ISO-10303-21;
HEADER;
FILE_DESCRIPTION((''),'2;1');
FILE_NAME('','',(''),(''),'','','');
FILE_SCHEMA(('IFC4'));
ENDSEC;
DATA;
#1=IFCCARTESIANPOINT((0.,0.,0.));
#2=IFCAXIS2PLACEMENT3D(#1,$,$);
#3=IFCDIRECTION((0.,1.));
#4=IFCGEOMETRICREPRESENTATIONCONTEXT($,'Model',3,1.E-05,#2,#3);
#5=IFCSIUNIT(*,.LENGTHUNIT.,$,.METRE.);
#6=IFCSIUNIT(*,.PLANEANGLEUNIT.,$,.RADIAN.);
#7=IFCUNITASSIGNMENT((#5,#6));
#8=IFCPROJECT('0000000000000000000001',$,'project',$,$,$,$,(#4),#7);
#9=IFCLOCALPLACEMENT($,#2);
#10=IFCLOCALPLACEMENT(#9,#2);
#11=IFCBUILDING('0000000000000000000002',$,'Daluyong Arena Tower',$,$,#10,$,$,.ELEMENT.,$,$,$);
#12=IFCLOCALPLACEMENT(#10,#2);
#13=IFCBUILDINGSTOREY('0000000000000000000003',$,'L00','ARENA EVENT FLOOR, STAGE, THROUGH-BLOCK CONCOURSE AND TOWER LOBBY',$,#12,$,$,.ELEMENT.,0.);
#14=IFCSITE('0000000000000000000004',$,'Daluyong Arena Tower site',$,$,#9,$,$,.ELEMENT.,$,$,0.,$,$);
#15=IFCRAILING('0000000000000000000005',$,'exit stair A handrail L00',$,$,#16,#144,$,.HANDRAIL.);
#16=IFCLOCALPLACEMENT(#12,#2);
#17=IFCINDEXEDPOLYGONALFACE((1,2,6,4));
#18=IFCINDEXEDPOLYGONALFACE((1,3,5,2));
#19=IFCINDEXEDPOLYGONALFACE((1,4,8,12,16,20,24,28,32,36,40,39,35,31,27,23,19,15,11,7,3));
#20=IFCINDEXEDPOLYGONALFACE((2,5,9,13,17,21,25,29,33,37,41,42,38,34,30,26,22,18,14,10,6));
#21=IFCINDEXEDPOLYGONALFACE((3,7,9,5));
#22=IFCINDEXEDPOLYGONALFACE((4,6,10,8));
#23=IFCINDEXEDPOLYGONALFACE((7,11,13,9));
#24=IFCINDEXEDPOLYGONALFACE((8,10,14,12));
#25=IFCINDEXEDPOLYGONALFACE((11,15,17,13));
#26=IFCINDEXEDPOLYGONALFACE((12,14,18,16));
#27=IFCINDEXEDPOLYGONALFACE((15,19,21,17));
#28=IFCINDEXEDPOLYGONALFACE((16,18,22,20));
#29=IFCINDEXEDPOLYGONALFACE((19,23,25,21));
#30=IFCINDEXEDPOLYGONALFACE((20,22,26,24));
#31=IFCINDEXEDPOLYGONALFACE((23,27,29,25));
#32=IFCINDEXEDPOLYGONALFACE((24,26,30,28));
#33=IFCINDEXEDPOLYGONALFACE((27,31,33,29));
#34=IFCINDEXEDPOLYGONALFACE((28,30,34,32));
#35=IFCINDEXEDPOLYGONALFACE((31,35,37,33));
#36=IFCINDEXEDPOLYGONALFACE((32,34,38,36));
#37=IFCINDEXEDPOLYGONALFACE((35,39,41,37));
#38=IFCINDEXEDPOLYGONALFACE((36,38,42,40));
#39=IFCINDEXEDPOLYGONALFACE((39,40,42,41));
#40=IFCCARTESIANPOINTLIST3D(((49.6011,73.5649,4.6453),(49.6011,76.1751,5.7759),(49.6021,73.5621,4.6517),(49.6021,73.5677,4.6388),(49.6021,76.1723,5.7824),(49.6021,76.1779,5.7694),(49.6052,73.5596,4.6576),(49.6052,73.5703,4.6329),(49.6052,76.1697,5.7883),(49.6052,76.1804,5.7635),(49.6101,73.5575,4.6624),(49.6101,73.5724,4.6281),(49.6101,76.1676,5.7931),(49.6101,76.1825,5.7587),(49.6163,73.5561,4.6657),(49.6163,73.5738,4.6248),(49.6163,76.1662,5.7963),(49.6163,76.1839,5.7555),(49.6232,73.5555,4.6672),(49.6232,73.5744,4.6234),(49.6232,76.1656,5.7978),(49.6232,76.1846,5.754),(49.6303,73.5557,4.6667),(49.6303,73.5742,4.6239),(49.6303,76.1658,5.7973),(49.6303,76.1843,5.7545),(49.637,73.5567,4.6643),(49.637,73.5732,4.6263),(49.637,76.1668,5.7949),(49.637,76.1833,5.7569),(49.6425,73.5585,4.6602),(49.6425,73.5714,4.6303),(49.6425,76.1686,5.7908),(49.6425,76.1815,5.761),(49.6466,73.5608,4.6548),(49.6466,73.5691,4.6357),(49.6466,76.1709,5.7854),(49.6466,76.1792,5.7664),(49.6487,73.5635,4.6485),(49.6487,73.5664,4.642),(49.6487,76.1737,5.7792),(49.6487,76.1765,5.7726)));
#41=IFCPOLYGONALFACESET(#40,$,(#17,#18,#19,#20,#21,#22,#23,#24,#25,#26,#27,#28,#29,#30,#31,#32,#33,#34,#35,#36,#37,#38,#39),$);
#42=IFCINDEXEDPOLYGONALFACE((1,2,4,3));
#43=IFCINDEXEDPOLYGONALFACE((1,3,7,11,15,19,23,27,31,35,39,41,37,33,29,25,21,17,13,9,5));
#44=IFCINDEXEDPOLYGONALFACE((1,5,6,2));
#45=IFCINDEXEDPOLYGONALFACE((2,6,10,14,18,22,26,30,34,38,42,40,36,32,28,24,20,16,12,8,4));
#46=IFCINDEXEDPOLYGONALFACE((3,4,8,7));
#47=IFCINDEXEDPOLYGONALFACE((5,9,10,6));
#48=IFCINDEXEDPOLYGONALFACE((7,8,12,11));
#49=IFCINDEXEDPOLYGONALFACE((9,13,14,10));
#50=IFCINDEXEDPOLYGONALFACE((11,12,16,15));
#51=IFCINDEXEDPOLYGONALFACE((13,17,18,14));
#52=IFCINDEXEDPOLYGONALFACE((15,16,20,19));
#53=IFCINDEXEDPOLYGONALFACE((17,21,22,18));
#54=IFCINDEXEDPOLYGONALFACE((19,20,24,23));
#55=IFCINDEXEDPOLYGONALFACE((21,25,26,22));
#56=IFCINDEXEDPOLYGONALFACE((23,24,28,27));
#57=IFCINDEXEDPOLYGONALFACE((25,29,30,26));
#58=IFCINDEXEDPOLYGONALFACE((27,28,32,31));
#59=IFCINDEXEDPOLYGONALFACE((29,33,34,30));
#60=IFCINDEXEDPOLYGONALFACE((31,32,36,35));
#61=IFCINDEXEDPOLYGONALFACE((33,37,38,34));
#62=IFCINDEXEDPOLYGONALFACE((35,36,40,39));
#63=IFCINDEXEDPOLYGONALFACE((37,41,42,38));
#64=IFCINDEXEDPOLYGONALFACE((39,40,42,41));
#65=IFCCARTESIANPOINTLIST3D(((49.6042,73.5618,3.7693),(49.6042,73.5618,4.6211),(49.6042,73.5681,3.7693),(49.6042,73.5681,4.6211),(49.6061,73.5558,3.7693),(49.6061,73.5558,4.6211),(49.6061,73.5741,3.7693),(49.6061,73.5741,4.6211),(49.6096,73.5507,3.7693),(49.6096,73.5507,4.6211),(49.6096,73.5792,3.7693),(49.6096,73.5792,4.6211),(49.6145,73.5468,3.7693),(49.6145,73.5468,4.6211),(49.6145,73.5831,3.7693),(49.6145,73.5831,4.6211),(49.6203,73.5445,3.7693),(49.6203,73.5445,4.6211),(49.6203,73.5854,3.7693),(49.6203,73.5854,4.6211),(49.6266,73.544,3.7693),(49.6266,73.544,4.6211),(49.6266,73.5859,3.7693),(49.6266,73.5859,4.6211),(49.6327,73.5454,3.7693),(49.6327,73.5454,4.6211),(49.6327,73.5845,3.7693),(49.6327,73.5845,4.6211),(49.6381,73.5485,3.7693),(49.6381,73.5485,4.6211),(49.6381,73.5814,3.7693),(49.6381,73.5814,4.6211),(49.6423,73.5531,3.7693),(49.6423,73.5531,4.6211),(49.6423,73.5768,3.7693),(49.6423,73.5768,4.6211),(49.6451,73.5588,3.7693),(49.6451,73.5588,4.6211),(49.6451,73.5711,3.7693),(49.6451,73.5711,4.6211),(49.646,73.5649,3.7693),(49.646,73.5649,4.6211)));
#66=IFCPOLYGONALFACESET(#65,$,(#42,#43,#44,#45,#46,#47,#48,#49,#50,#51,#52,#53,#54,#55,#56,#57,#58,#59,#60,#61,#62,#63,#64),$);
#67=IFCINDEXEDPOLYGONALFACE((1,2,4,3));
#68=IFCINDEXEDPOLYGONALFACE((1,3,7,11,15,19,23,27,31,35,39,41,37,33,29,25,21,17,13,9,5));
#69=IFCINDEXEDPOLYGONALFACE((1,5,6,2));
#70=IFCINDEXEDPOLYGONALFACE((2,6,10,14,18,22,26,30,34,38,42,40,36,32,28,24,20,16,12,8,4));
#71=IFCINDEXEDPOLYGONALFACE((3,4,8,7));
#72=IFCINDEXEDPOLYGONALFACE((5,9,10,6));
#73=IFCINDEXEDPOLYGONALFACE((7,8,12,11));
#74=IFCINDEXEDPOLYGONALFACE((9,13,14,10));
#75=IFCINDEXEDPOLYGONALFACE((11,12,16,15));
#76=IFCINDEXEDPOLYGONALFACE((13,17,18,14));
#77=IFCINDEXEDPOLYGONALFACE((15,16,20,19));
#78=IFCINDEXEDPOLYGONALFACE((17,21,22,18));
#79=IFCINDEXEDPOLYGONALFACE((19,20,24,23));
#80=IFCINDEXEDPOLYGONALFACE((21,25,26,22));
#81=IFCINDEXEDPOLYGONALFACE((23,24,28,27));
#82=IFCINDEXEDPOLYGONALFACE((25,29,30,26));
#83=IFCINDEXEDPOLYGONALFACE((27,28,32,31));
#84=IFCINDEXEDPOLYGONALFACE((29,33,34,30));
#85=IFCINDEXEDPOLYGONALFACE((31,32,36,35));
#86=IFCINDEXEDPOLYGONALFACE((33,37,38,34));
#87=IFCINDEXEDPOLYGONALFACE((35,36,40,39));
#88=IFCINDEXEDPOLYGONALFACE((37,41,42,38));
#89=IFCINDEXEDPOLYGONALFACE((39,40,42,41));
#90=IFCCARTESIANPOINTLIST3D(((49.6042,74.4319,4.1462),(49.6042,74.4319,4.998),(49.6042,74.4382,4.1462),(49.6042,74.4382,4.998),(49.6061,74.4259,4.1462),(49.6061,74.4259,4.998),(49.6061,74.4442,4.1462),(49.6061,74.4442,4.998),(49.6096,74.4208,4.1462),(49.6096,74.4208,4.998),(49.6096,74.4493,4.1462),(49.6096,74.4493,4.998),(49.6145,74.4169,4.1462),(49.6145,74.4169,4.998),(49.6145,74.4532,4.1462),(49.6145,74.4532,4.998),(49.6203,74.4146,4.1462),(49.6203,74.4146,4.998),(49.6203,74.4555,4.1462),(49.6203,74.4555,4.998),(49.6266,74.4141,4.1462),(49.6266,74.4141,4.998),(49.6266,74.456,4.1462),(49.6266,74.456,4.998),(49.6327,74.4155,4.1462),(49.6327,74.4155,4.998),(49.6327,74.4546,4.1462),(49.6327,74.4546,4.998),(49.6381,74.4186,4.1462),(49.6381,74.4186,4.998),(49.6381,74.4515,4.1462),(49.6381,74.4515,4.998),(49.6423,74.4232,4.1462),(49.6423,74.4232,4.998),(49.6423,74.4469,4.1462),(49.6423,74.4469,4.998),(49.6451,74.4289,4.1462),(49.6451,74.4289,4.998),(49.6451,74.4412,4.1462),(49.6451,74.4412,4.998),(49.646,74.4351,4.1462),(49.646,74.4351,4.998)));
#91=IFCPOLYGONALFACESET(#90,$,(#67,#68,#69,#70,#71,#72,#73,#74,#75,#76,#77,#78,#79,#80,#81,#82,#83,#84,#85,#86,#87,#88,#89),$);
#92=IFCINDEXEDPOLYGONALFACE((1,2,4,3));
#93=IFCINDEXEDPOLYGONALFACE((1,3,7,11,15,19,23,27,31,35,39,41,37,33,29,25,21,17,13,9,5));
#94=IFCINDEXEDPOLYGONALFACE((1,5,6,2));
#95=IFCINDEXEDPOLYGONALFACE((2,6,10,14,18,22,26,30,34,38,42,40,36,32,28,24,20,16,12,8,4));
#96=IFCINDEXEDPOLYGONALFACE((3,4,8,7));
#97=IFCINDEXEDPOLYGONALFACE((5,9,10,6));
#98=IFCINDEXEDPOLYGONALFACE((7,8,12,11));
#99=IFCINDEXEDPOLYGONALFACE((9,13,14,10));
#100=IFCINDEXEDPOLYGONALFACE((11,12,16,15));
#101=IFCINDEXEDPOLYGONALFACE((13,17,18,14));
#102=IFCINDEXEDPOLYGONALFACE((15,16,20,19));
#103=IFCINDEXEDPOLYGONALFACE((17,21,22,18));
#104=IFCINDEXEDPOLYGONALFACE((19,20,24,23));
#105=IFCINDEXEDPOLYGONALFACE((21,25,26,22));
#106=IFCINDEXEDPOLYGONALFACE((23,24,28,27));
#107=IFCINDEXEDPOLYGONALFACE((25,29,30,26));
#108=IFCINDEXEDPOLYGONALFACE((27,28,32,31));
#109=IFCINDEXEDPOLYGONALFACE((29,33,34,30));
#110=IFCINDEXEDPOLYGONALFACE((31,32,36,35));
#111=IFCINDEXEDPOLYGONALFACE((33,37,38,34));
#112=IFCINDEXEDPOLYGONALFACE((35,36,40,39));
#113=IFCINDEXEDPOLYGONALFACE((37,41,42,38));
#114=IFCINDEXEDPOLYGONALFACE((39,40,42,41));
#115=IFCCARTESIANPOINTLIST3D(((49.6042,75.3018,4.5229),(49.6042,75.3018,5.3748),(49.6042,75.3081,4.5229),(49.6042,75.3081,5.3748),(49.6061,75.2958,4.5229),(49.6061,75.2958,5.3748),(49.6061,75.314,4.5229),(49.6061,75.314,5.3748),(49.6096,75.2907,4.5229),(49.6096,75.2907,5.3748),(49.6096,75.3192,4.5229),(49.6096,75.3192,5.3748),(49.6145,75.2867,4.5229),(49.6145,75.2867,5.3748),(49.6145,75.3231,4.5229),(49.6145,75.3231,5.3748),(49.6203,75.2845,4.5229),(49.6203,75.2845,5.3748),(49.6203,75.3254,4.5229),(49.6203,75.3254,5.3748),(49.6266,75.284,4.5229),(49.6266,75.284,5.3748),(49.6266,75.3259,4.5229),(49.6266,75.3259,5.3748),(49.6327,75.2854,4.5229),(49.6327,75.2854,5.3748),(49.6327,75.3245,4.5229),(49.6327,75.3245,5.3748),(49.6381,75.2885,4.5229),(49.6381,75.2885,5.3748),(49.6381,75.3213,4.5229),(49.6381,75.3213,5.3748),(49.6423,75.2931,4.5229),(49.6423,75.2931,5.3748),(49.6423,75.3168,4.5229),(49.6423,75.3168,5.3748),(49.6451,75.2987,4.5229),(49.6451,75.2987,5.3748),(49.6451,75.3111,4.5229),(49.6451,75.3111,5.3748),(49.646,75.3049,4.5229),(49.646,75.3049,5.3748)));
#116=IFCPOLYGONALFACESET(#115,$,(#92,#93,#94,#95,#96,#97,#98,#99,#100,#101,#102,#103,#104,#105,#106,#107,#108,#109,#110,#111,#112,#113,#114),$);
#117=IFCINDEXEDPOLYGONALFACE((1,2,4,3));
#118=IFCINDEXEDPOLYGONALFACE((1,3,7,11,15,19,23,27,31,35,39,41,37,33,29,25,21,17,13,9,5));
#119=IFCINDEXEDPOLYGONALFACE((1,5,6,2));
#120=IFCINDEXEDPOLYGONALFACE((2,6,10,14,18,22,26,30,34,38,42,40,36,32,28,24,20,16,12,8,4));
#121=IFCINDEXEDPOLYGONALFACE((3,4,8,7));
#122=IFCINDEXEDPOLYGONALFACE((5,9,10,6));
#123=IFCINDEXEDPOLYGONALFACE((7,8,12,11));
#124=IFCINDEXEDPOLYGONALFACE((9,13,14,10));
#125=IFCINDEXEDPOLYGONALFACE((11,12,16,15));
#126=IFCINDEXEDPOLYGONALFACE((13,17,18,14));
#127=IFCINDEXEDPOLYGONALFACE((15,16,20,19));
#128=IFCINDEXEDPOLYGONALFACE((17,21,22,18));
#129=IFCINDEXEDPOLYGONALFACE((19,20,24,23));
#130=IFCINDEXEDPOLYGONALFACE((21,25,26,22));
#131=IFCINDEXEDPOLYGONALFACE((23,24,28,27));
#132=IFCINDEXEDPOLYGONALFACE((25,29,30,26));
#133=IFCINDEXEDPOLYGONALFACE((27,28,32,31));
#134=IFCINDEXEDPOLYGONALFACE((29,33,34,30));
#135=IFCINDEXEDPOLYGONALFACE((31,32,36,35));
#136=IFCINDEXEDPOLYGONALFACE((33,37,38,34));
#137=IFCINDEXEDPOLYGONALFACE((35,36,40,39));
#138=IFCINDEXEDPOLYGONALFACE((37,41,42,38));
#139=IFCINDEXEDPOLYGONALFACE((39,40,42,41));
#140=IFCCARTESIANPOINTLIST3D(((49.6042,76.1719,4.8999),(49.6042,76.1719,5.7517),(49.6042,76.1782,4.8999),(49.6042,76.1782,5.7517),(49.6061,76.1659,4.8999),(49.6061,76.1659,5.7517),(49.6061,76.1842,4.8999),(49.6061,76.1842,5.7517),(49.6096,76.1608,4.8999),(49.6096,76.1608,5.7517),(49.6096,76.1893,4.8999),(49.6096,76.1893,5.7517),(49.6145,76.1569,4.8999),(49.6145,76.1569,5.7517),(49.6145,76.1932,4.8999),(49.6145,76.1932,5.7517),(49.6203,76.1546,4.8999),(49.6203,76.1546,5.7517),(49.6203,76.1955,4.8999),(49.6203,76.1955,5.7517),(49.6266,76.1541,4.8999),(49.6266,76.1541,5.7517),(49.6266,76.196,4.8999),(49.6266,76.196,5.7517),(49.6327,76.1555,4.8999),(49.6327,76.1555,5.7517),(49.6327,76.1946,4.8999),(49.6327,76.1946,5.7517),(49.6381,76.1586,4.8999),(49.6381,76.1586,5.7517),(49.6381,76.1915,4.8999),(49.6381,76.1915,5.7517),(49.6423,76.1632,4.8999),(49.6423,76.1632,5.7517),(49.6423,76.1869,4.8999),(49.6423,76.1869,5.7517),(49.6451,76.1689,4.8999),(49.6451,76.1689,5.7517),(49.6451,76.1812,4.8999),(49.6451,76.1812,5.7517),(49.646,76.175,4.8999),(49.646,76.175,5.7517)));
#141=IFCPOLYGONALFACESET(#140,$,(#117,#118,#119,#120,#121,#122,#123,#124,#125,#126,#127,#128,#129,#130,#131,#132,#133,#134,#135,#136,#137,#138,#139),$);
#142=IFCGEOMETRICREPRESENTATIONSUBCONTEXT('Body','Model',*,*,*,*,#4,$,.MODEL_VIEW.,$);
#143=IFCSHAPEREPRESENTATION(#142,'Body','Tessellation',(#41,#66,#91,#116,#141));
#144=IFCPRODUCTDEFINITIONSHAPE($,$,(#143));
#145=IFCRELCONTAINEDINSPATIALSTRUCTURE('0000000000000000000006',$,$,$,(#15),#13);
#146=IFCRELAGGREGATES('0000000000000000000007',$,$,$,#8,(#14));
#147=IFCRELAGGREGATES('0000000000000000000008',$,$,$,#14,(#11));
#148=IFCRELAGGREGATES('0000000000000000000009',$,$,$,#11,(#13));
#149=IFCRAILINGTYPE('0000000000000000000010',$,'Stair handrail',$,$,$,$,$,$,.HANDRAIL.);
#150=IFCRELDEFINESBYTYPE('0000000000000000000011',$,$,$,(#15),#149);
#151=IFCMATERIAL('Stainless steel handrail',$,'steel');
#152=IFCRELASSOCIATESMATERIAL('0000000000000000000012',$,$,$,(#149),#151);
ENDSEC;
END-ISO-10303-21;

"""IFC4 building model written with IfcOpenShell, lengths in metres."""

from ifc_helpers import new_model, si_unit, direction, frame, origin, origin_2d, place, context, subcontext, project, spatial, circle, extrude, material, type_object, element, save


model = new_model("IFC4")

# Units and contexts
model_context = context("Model", 3, precision=1e-05, world=origin(), true_north=direction((0.0, 1.0)))
body_context = subcontext(model_context, "Body", "Model", "MODEL_VIEW")
ifc_project = project(units=[si_unit("LENGTHUNIT", "METRE"), si_unit("PLANEANGLEUNIT", "RADIAN")], contexts=[model_context])

# Site, building, storey
site_placement = place(None, origin())
site = spatial("IfcSite", under=ifc_project, at=site_placement, Name="Daluyong Arena Tower site", CompositionType="ELEMENT", RefElevation=0.0)
building_placement = place(site_placement, origin())
building = spatial("IfcBuilding", under=site, at=building_placement, Name="Daluyong Arena Tower", CompositionType="ELEMENT")
storey_placement = place(building_placement, origin())
storey = spatial("IfcBuildingStorey", under=building, at=storey_placement, Name="L00", Description="ARENA EVENT FLOOR, STAGE, THROUGH-BLOCK CONCOURSE AND TOWER LOBBY", CompositionType="ELEMENT", Elevation=0.0)

# Railing
ifc_material_1 = material(Name="Stainless steel handrail", Category="steel")
railing_type_1 = type_object("IfcRailingType", Name="Stair handrail", PredefinedType="HANDRAIL", material=ifc_material_1)
railing_1_placement = place(storey_placement, frame((49.625, 73.5649, 3.7693)))
element("IfcRailing", 1, at=railing_1_placement, inside=storey, type_object=railing_type_1, Name="exit stair A handrail L00", PredefinedType="HANDRAIL", context=body_context, shape_type="SweptSolid", body=[
    extrude(circle(Radius=0.0239, at=origin_2d()), frame((0.0, 0.0, 0.876), z_axis=(0.0, 0.917611, 0.39748), x_axis=(-1.0, 0.0, 0.0)), (0.0, 0.0, 1.0), 2.8445),
    extrude(circle(Radius=0.021, at=origin_2d()), origin(), (0.0, 0.0, 1.0), 0.8518),
    extrude(circle(Radius=0.021, at=origin_2d()), frame((0.0, 0.8701, 0.377)), (0.0, 0.0, 1.0), 0.8518),
    extrude(circle(Radius=0.021, at=origin_2d()), frame((0.0, 1.74, 0.7537)), (0.0, 0.0, 1.0), 0.8518),
    extrude(circle(Radius=0.021, at=origin_2d()), frame((0.0, 2.6101, 1.1306)), (0.0, 0.0, 1.0), 0.8518),
])

save(model, "model.ifc")
